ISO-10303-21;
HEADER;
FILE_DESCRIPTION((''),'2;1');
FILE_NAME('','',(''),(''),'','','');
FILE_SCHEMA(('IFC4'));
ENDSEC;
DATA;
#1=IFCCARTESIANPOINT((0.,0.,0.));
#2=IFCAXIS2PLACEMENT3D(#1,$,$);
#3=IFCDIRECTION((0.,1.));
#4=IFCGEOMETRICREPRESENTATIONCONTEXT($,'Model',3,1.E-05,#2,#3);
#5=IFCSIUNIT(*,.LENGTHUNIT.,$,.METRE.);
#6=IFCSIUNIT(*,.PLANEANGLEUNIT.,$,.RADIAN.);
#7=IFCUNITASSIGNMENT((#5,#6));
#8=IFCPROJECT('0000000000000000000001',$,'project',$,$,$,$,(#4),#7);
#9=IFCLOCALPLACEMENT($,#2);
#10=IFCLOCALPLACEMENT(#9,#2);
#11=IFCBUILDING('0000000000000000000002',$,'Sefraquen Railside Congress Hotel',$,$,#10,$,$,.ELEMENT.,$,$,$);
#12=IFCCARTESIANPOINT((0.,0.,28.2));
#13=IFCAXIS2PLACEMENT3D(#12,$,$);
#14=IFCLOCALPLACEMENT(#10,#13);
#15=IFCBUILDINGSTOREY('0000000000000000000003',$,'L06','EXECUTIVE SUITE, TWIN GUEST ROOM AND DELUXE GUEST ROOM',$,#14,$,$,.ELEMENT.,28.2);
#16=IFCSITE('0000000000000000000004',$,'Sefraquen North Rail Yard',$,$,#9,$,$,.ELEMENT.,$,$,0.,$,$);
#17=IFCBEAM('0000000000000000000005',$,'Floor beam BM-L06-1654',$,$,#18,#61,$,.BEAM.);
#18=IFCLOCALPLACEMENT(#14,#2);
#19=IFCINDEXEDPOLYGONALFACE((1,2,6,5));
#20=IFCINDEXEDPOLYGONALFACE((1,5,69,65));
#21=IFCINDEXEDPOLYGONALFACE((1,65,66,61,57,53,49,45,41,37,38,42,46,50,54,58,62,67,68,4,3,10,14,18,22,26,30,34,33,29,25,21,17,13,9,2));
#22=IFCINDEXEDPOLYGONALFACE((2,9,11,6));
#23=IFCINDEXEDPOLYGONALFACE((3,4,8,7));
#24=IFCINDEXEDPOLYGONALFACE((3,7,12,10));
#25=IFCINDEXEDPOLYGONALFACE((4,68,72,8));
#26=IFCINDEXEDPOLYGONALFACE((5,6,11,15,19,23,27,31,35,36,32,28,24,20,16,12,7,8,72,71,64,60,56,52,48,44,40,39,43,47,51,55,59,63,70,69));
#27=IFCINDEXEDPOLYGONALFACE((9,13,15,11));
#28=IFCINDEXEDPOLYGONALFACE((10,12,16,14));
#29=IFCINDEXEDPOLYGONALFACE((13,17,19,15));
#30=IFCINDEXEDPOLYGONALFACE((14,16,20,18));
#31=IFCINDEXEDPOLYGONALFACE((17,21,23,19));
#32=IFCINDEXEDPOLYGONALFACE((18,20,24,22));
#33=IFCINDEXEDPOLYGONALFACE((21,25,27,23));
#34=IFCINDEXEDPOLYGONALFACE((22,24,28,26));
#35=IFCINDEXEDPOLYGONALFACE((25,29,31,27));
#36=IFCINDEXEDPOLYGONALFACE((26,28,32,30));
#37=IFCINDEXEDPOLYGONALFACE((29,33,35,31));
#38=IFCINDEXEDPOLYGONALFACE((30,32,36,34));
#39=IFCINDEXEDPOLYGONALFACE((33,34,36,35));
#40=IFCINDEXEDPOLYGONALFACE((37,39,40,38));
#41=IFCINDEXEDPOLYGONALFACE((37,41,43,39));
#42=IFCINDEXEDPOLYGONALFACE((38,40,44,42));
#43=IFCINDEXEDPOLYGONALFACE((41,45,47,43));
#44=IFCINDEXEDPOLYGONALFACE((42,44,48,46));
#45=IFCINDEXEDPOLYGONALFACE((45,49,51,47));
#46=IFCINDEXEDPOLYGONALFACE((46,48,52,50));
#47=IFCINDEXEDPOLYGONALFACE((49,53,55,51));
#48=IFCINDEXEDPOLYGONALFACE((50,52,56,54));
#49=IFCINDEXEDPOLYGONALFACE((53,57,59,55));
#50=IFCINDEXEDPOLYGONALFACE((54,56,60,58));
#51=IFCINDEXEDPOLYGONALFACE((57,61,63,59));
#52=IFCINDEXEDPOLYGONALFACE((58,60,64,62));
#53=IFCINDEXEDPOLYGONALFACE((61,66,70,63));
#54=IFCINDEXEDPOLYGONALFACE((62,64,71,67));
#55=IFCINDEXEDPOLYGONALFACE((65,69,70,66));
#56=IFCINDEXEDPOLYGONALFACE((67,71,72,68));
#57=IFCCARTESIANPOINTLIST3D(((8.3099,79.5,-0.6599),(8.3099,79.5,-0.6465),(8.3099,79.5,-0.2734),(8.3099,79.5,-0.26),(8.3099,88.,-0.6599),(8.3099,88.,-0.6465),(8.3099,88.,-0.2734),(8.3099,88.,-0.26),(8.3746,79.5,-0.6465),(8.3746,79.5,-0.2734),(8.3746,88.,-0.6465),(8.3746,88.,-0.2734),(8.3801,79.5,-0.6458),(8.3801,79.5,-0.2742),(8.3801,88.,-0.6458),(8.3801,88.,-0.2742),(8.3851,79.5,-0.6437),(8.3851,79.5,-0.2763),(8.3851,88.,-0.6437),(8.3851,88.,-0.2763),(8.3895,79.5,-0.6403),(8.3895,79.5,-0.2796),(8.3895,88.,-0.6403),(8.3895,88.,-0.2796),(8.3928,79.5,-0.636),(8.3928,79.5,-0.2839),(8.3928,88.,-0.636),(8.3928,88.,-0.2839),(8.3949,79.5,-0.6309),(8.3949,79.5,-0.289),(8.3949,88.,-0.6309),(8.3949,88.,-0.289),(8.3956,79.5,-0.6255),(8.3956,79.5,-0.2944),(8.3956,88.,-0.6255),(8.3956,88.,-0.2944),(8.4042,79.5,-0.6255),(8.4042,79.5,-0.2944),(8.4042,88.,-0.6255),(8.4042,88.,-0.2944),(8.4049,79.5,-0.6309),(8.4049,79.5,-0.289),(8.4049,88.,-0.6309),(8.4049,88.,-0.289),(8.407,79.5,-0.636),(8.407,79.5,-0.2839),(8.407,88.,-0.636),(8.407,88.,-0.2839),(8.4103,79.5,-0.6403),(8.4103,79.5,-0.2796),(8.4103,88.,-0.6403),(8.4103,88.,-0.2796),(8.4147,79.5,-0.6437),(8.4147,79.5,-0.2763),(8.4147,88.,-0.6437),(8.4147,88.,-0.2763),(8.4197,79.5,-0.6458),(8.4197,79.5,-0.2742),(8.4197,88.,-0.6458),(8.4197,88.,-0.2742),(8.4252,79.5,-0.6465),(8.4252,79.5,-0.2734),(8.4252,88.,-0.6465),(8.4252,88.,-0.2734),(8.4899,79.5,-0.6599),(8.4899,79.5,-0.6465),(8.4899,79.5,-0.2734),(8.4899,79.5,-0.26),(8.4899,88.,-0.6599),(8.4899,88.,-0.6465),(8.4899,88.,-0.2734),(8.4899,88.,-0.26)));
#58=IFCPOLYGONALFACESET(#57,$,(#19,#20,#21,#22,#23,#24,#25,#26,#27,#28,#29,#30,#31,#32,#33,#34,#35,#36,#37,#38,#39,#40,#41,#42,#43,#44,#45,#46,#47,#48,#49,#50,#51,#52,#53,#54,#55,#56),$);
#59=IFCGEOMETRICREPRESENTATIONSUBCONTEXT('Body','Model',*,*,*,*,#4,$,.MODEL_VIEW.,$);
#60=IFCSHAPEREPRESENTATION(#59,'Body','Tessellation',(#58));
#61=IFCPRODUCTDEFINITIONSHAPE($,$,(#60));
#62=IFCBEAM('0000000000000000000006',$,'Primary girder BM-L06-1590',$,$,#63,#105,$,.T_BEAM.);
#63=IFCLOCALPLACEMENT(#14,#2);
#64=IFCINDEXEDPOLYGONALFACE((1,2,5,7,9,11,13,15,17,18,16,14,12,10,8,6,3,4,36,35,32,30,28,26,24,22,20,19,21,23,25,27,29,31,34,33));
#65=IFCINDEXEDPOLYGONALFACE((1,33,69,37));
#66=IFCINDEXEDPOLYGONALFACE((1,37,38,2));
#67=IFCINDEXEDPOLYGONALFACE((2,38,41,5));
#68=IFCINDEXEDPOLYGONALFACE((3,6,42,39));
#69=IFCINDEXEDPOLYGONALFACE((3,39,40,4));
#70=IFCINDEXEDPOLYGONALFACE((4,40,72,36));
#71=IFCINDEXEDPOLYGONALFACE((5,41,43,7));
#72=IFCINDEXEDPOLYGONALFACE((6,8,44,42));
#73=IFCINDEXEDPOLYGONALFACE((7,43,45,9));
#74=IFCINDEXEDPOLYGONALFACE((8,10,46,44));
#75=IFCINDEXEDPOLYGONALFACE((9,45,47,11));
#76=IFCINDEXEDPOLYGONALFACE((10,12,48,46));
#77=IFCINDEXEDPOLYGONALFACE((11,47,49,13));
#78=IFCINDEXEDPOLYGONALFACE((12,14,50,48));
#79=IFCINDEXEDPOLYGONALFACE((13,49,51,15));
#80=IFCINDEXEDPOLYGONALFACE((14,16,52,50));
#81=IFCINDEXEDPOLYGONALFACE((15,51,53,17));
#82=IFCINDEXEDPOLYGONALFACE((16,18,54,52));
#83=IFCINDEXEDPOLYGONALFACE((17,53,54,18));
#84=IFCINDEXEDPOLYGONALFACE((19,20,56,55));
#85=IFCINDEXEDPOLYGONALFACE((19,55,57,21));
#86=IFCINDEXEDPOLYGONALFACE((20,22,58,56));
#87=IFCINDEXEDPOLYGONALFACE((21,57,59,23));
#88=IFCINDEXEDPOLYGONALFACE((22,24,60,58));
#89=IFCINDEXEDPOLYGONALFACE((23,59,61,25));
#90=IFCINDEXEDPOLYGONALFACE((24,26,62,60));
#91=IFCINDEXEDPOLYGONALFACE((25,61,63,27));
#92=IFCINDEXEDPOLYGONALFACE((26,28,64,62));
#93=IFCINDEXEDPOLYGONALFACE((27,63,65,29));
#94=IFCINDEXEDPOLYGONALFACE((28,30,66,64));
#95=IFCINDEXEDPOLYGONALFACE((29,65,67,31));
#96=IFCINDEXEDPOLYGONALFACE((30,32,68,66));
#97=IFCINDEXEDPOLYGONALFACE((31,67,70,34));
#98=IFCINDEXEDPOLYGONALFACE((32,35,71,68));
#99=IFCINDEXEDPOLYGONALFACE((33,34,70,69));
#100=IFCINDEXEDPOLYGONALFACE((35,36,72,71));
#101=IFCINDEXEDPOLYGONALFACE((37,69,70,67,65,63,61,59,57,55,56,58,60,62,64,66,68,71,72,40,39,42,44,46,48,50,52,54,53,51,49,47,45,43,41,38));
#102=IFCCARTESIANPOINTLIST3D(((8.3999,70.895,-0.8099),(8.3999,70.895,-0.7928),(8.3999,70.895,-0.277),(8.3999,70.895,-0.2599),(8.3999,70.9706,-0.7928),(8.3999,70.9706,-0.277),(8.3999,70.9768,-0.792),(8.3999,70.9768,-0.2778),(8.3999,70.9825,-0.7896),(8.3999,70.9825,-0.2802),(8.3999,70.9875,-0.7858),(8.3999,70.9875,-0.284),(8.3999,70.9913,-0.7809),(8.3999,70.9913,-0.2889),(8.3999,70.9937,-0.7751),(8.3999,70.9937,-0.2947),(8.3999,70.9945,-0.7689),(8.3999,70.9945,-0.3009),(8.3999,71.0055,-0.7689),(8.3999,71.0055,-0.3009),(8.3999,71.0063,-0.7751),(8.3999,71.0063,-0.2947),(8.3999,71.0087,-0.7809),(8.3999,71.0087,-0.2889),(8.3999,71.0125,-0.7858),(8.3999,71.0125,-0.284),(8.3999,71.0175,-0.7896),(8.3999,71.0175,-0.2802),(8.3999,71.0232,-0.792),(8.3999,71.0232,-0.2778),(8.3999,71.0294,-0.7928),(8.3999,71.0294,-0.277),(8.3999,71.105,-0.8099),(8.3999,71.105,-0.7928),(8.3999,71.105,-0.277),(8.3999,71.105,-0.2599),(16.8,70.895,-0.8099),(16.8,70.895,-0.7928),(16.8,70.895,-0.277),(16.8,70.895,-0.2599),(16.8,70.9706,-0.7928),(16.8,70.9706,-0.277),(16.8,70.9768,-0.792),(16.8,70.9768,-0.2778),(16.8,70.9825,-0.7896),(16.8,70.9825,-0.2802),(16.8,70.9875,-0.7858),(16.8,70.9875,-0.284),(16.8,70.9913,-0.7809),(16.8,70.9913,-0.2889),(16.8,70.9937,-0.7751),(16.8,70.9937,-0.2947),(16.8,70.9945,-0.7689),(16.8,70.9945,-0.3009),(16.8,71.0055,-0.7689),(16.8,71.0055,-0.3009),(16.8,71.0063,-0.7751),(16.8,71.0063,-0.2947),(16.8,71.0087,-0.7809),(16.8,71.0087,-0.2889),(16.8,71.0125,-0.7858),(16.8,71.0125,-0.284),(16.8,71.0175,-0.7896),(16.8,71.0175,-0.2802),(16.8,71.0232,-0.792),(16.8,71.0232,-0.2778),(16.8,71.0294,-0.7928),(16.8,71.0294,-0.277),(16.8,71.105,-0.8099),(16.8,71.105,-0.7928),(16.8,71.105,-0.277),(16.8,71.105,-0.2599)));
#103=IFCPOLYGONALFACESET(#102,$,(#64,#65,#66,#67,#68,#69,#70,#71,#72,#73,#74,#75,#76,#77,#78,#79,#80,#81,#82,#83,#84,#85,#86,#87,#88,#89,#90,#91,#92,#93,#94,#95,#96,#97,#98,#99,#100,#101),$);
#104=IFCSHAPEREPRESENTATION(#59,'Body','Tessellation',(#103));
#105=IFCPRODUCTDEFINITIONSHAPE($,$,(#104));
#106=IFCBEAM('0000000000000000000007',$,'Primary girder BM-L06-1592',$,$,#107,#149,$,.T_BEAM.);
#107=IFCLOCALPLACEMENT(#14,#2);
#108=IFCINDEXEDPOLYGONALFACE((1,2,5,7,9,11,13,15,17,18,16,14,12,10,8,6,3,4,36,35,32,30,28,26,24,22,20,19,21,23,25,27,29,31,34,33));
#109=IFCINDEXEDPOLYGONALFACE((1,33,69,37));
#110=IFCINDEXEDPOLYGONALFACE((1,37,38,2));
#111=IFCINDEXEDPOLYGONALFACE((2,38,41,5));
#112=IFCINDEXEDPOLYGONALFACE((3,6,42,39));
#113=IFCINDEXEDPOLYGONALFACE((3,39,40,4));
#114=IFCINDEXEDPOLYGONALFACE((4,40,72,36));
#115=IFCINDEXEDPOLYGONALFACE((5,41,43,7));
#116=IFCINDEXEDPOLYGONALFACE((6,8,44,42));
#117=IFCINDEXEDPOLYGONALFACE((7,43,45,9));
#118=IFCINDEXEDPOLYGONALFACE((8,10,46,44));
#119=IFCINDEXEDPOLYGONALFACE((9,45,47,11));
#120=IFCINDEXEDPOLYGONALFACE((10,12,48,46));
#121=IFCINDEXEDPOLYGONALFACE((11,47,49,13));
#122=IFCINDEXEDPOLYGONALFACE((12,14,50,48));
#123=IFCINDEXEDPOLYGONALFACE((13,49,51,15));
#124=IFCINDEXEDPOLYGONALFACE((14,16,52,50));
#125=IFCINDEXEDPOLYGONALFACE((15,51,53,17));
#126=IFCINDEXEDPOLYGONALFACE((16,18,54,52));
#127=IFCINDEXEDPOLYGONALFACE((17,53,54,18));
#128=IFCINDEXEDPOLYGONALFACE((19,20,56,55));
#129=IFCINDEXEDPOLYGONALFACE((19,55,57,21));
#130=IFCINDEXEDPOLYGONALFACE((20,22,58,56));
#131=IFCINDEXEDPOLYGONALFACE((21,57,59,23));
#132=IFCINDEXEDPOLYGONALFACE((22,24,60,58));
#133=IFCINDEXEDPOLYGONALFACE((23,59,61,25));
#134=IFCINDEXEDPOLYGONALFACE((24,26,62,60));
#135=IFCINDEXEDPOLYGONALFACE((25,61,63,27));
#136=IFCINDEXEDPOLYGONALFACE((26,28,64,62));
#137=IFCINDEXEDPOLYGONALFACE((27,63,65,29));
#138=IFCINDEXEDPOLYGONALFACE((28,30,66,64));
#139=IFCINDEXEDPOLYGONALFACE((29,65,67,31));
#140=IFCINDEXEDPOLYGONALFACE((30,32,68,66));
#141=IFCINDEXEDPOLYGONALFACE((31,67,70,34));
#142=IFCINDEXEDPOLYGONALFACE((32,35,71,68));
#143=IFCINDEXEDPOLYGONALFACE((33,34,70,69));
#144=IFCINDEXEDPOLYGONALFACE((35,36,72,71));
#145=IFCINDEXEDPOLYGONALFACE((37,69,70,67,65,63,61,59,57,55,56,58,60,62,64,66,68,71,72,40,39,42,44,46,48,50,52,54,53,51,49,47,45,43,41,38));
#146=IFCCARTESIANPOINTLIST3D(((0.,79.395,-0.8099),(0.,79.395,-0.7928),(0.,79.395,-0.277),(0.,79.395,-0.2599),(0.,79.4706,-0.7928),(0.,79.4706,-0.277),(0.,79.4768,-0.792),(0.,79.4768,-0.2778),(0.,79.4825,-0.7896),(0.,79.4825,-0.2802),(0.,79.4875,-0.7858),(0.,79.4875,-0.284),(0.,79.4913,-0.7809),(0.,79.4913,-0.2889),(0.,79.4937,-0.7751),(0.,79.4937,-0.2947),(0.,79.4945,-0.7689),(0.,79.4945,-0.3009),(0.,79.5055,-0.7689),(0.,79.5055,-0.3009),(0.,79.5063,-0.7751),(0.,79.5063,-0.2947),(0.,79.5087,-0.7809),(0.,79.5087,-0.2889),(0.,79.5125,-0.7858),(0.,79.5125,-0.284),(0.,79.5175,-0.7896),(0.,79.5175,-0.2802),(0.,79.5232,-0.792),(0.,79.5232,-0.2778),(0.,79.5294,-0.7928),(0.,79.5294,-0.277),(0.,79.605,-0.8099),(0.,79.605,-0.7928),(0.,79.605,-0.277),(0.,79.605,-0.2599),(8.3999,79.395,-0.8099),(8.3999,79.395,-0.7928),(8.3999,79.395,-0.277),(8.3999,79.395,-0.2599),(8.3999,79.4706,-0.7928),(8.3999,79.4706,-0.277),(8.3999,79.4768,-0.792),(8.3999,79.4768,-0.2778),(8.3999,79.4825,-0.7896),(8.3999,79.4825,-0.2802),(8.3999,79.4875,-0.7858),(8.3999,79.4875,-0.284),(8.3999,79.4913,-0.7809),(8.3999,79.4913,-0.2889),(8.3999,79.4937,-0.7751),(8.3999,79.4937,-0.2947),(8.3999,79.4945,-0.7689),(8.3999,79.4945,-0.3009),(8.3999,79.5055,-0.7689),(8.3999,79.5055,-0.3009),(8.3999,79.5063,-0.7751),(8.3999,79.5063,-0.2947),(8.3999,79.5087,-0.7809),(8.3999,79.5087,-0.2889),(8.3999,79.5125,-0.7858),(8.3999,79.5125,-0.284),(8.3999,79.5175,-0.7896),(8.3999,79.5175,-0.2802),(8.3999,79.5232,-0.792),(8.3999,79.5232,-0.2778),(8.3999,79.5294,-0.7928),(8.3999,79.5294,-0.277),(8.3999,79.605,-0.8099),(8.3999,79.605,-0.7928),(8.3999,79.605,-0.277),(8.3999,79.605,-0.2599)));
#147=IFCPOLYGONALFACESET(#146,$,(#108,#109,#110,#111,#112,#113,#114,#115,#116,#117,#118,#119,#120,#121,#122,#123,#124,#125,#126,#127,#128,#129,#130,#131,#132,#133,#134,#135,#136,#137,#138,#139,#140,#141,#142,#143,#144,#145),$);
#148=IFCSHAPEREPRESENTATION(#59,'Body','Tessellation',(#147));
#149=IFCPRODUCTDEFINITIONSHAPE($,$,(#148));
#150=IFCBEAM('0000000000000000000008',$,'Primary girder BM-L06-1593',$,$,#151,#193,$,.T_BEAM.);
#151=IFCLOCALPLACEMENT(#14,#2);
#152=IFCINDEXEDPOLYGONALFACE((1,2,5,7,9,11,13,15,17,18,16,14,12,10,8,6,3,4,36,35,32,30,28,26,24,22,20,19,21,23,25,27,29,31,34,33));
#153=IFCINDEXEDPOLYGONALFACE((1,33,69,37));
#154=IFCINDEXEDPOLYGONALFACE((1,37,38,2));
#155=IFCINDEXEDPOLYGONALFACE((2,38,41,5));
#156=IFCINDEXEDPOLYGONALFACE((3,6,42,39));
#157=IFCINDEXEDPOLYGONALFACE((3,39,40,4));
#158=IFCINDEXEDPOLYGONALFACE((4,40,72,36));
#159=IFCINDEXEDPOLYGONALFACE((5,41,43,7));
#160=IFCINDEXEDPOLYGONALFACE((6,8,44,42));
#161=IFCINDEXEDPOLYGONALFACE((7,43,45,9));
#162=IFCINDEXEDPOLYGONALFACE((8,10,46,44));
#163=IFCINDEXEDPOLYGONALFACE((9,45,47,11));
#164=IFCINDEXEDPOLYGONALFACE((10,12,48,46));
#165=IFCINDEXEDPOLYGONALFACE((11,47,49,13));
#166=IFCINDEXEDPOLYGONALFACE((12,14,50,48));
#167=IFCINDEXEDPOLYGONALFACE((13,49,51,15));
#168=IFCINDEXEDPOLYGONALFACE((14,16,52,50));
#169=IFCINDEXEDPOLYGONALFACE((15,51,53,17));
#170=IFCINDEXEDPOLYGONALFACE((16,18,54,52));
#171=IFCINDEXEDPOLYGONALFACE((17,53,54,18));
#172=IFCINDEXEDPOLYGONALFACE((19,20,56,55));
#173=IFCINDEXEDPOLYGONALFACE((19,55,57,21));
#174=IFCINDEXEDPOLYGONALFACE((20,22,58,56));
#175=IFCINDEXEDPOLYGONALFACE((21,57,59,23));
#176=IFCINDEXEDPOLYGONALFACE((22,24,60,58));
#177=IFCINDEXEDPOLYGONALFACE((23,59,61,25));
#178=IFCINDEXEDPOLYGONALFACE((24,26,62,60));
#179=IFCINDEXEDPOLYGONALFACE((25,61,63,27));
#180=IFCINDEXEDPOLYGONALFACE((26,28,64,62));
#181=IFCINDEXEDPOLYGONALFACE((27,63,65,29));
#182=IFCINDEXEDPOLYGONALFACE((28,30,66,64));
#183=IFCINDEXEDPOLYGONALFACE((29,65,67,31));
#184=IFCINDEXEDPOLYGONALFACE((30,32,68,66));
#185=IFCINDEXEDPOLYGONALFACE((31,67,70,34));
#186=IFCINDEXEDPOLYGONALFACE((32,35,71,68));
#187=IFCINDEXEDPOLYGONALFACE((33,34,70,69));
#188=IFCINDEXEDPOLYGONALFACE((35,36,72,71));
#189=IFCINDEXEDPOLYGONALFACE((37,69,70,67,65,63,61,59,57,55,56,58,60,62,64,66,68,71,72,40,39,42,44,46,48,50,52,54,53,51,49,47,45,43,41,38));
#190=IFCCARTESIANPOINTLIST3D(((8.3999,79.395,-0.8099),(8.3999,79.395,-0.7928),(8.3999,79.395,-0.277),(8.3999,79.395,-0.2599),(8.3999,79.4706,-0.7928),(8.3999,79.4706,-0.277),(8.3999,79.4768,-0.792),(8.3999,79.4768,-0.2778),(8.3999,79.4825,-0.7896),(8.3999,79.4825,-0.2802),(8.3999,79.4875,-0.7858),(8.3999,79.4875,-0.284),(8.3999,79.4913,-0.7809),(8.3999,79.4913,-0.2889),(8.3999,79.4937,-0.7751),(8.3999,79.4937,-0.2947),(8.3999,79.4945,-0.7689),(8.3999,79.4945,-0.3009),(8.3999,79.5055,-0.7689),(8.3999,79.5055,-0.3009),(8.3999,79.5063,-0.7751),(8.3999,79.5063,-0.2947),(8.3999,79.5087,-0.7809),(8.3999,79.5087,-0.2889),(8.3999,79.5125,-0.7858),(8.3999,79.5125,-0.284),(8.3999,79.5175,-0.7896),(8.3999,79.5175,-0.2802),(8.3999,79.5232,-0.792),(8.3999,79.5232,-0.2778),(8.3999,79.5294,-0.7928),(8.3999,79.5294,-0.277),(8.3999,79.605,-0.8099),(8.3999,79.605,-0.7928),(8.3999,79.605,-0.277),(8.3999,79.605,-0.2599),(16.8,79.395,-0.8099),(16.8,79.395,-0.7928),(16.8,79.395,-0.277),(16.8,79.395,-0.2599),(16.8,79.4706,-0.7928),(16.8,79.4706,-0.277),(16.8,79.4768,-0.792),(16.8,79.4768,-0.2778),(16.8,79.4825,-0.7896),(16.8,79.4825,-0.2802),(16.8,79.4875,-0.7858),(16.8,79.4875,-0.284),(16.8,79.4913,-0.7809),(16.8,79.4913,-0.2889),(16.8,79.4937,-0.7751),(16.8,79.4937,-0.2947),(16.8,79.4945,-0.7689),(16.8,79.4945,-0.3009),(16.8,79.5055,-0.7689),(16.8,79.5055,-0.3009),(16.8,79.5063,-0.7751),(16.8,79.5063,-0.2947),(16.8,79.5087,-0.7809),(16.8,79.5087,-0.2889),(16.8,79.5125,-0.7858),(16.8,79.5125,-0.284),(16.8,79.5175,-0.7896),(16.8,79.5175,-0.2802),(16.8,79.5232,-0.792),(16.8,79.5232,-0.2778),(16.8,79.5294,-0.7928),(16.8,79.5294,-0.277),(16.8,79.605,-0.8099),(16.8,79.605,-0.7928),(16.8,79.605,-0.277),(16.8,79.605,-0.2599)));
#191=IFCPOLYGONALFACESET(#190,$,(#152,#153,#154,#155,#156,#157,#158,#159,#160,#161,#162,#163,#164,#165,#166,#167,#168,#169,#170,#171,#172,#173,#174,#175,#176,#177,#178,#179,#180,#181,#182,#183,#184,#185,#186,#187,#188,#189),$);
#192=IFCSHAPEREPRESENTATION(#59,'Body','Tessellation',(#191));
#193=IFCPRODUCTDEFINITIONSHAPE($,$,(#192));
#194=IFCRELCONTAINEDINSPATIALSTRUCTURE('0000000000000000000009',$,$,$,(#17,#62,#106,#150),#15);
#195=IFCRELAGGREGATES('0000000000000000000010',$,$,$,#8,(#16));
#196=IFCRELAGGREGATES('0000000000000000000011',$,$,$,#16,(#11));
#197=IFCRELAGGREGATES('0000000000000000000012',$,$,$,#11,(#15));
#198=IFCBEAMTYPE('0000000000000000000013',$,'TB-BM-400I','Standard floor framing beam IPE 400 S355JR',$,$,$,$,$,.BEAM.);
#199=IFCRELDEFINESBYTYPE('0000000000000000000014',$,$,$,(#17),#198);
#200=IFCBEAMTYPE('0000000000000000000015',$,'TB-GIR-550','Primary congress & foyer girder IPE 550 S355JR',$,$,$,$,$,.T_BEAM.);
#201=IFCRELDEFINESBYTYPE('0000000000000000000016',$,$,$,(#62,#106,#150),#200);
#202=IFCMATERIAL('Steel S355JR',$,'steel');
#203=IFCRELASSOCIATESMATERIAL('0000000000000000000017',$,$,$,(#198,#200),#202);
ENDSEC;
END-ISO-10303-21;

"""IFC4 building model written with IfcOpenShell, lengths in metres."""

from ifc_helpers import new_model, si_unit, direction, frame, origin, origin_2d, place, context, subcontext, project, spatial, i_section, extrude, material, material_profile, profile_set, type_object, element, save


model = new_model("IFC4")

# Units and contexts
model_context = context("Model", 3, precision=1e-05, world=origin(), true_north=direction((0.0, 1.0)))
body_context = subcontext(model_context, "Body", "Model", "MODEL_VIEW")
ifc_project = project(units=[si_unit("LENGTHUNIT", "METRE"), si_unit("PLANEANGLEUNIT", "RADIAN")], contexts=[model_context])

# Site, building, storey
site_placement = place(None, origin())
site = spatial("IfcSite", under=ifc_project, at=site_placement, Name="Sefraquen North Rail Yard", CompositionType="ELEMENT", RefElevation=0.0)
building_placement = place(site_placement, origin())
building = spatial("IfcBuilding", under=site, at=building_placement, Name="Sefraquen Railside Congress Hotel", CompositionType="ELEMENT")
storey_placement = place(building_placement, frame((0.0, 0.0, 28.2)))
storey = spatial("IfcBuildingStorey", under=building, at=storey_placement, Name="L06", Description="EXECUTIVE SUITE, TWIN GUEST ROOM AND DELUXE GUEST ROOM", CompositionType="ELEMENT", Elevation=28.2)

# Shared definitions
ifc_material_1 = material(Name="Steel S355JR", Category="steel")

# Beams
ifc_material_profile_1 = material_profile(ifc_material_1, i_section(OverallWidth=0.1799, OverallDepth=0.3999, WebThickness=0.0085, FlangeThickness=0.0134, FilletRadius=0.021, at=origin_2d()), Name="IPE 400")
ifc_profile_set_1 = profile_set([ifc_material_profile_1], Name="Steel S355JR")
beam_type_1 = type_object("IfcBeamType", Name="TB-BM-400I", Description="Standard floor framing beam IPE 400 S355JR", PredefinedType="BEAM", material=ifc_profile_set_1)
for number, where, z_axis, x_axis, name in (
    (1, (8.3999, 79.5, -0.46), (0.0, 1.0, 0.0), (-1.0, 0.0, 0.0), "Floor beam BM-L06-1654"),
):
    element("IfcBeam", number, at=place(storey_placement, frame(where, z_axis=z_axis, x_axis=x_axis)), inside=storey, type_object=beam_type_1, Name=name, PredefinedType="BEAM", context=body_context, shape_type="SweptSolid", body=[
        extrude(i_section(OverallWidth=0.1799, OverallDepth=0.3999, WebThickness=0.0085, FlangeThickness=0.0134, FilletRadius=0.021, at=origin_2d()), origin(), (0.0, 0.0, 1.0), 8.5),
    ])
ifc_material_profile_2 = material_profile(ifc_material_1, i_section(OverallWidth=0.21, OverallDepth=0.55, WebThickness=0.011, FlangeThickness=0.0171, FilletRadius=0.0239, at=origin_2d()), Name="IPE 550")
ifc_profile_set_2 = profile_set([ifc_material_profile_2], Name="Steel S355JR")
beam_type_2 = type_object("IfcBeamType", Name="TB-GIR-550", Description="Primary congress & foyer girder IPE 550 S355JR", PredefinedType="T_BEAM", material=ifc_profile_set_2)
beam_1_placement = place(storey_placement, frame((8.3999, 71.0, -0.5349), z_axis=(1.0, 0.0, 0.0), x_axis=(0.0, 1.0, 0.0)))
element("IfcBeam", 2, at=beam_1_placement, inside=storey, type_object=beam_type_2, Name="Primary girder BM-L06-1590", PredefinedType="T_BEAM", context=body_context, shape_type="SweptSolid", body=[
    extrude(i_section(OverallWidth=0.21, OverallDepth=0.55, WebThickness=0.011, FlangeThickness=0.0171, FilletRadius=0.0239, at=origin_2d()), origin(), (0.0, 0.0, 1.0), 8.4001),
])
beam_2_placement = place(storey_placement, frame((0.0, 79.5, -0.5349), z_axis=(1.0, 0.0, 0.0), x_axis=(0.0, 1.0, 0.0)))
element("IfcBeam", 3, at=beam_2_placement, inside=storey, type_object=beam_type_2, Name="Primary girder BM-L06-1592", PredefinedType="T_BEAM", context=body_context, shape_type="SweptSolid", body=[
    extrude(i_section(OverallWidth=0.21, OverallDepth=0.55, WebThickness=0.011, FlangeThickness=0.0171, FilletRadius=0.0239, at=origin_2d()), origin(), (0.0, 0.0, 1.0), 8.3999),
])
beam_3_placement = place(storey_placement, frame((8.3999, 79.5, -0.5349), z_axis=(1.0, 0.0, 0.0), x_axis=(0.0, 1.0, 0.0)))
element("IfcBeam", 4, at=beam_3_placement, inside=storey, type_object=beam_type_2, Name="Primary girder BM-L06-1593", PredefinedType="T_BEAM", context=body_context, shape_type="SweptSolid", body=[
    extrude(i_section(OverallWidth=0.21, OverallDepth=0.55, WebThickness=0.011, FlangeThickness=0.0171, FilletRadius=0.0239, at=origin_2d()), origin(), (0.0, 0.0, 1.0), 8.4001),
])

save(model, "model.ifc")
